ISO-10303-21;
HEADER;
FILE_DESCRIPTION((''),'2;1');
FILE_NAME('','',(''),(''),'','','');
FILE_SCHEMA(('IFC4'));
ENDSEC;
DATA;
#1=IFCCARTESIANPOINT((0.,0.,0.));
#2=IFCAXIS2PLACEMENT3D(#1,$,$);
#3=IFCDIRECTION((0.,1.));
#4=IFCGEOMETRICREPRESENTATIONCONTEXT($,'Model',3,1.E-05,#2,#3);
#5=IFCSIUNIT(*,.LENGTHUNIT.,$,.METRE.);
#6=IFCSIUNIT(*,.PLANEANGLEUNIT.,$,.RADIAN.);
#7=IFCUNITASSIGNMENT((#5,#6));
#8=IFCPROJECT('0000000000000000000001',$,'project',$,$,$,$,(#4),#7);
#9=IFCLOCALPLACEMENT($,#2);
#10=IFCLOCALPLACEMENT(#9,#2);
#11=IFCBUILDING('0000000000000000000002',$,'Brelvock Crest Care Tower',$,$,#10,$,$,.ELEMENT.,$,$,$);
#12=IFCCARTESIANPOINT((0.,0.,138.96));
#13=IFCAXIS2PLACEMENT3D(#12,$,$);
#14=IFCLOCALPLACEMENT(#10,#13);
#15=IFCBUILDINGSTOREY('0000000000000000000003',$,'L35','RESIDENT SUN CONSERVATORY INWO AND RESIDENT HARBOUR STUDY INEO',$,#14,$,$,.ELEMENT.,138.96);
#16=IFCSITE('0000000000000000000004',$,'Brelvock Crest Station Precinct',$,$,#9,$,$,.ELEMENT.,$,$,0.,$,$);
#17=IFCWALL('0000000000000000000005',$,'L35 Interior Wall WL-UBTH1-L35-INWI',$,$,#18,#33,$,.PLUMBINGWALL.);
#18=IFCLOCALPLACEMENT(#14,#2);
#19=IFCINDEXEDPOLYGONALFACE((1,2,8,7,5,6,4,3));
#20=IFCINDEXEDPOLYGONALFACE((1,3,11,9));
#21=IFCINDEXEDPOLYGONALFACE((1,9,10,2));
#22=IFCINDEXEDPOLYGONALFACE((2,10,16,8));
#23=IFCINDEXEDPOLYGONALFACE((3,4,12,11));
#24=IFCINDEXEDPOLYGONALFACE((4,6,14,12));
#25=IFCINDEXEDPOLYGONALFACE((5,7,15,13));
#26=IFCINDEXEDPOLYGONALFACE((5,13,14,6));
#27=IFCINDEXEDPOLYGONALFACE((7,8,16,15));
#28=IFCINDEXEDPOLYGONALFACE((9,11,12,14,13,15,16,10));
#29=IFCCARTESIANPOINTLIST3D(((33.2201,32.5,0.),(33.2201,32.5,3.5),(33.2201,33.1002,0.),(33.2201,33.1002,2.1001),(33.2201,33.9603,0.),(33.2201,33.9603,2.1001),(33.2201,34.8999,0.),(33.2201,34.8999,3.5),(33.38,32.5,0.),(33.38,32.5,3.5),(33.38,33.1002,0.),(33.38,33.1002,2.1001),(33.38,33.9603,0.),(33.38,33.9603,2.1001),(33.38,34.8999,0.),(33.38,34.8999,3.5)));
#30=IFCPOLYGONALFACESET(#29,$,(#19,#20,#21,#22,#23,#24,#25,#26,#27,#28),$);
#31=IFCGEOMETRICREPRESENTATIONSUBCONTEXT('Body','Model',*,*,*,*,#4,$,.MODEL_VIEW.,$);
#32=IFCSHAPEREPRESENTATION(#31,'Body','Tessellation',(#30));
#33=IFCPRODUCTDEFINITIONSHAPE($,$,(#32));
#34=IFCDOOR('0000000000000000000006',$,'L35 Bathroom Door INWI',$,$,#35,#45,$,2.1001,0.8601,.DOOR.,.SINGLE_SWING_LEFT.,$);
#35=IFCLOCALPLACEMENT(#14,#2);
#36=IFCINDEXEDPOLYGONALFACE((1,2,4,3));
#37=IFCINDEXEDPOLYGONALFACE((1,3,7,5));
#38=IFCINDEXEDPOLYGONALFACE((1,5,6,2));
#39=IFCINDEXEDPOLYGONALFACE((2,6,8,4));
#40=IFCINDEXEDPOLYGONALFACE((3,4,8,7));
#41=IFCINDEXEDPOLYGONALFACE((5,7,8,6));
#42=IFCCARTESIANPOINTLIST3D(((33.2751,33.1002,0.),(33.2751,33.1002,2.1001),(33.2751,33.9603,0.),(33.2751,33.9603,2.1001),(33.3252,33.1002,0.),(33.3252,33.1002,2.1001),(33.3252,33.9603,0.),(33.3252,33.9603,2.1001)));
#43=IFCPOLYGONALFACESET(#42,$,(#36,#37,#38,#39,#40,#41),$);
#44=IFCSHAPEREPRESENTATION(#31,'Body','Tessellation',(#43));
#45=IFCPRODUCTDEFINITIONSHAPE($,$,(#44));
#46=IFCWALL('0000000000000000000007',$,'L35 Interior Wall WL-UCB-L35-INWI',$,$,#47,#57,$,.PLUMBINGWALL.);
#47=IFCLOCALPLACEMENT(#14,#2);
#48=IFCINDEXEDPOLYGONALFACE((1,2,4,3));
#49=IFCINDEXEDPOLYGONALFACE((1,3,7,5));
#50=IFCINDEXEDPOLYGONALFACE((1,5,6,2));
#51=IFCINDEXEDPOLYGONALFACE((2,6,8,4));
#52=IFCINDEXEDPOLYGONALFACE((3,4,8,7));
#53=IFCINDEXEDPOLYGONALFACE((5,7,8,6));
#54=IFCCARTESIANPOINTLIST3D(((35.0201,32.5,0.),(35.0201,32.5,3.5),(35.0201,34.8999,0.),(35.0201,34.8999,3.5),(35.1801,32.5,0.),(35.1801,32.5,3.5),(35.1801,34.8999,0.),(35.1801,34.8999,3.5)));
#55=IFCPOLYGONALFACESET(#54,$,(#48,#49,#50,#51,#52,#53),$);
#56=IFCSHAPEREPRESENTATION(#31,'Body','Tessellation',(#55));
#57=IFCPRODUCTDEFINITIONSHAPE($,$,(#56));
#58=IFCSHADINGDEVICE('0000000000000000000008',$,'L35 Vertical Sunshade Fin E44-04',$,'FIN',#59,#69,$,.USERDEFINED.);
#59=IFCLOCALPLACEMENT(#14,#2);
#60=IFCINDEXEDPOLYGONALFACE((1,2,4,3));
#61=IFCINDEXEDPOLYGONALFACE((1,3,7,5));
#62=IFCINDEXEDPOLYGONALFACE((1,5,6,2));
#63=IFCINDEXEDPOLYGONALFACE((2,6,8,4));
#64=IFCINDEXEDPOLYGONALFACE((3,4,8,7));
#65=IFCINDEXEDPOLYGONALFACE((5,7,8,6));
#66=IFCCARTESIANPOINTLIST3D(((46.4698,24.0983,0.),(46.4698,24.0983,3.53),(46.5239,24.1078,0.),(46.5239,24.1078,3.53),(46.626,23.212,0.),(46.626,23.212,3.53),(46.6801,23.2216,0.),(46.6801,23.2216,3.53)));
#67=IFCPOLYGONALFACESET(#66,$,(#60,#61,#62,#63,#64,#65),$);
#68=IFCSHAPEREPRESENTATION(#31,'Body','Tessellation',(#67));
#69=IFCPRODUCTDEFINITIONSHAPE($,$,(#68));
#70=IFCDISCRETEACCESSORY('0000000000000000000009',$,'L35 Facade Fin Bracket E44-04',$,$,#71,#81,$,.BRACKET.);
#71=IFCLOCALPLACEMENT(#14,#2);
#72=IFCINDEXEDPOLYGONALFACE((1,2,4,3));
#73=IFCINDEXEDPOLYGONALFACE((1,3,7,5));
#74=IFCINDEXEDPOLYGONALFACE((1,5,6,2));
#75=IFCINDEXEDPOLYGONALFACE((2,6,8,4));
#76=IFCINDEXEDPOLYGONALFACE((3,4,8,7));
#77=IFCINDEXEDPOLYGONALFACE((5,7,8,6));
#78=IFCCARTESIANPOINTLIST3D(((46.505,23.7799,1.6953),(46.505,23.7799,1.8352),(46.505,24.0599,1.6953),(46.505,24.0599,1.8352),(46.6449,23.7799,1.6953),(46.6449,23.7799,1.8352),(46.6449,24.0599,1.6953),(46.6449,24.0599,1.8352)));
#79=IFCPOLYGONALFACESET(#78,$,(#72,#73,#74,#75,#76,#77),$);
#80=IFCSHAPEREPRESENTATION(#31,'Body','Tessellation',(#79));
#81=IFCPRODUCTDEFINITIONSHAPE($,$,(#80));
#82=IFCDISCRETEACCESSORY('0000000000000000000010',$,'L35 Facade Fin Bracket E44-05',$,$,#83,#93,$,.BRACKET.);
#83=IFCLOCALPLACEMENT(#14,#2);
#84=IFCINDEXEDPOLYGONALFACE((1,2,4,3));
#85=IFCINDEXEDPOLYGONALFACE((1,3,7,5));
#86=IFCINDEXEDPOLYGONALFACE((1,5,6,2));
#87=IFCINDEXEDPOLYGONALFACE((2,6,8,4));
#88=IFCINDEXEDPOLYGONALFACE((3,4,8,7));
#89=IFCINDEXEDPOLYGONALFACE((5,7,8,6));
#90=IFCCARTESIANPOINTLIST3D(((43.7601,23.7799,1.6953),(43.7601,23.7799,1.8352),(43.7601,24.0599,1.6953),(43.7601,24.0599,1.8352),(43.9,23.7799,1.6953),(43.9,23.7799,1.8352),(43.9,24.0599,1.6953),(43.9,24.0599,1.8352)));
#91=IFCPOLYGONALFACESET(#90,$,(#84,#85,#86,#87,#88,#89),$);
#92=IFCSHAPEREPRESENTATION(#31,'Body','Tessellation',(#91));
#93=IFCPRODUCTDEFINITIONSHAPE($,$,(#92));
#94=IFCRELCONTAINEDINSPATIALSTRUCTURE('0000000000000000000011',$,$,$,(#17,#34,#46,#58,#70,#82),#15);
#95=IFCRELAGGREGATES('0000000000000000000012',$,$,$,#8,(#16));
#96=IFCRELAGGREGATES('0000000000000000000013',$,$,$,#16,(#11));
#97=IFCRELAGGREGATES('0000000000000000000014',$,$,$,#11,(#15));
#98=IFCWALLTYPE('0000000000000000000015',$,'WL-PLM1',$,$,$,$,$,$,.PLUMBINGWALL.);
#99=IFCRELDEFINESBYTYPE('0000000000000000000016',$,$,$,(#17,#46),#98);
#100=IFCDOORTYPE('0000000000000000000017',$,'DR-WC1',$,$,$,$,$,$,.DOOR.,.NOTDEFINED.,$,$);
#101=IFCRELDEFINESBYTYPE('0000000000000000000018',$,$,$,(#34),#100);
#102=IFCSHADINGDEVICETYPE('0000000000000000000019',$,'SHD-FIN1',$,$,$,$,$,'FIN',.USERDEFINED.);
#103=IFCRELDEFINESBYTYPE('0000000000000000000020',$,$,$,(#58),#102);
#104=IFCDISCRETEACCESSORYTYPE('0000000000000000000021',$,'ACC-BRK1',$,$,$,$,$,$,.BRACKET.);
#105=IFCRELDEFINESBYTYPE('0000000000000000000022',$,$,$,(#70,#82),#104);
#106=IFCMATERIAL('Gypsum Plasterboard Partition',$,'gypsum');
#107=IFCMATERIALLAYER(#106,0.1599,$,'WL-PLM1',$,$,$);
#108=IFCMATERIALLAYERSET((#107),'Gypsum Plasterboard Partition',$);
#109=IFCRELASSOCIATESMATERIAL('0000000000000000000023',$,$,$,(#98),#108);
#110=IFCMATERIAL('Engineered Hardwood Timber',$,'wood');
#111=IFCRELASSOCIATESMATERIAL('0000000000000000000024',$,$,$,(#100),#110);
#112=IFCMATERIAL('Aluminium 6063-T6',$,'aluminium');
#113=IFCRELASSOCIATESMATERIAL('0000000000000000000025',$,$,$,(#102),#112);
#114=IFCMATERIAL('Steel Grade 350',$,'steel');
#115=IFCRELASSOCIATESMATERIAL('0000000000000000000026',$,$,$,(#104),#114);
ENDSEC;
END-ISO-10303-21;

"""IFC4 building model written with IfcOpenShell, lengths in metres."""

from ifc_helpers import new_model, si_unit, direction, frame, frame_2d, origin, origin_2d, place, context, subcontext, project, spatial, rectangle, extrude, source, transform, mapped, material, layer, layer_set, material_profile, profile_set, type_object, element, fill, save


model = new_model("IFC4")

# Units and contexts
model_context = context("Model", 3, precision=1e-05, world=origin(), true_north=direction((0.0, 1.0)))
body_context = subcontext(model_context, "Body", "Model", "MODEL_VIEW")
ifc_project = project(units=[si_unit("LENGTHUNIT", "METRE"), si_unit("PLANEANGLEUNIT", "RADIAN")], contexts=[model_context])

# Site, building, storey
site_placement = place(None, origin())
site = spatial("IfcSite", under=ifc_project, at=site_placement, Name="Brelvock Crest Station Precinct", CompositionType="ELEMENT", RefElevation=0.0)
building_placement = place(site_placement, origin())
building = spatial("IfcBuilding", under=site, at=building_placement, Name="Brelvock Crest Care Tower", CompositionType="ELEMENT")
storey_placement = place(building_placement, frame((0.0, 0.0, 138.96)))
storey = spatial("IfcBuildingStorey", under=building, at=storey_placement, Name="L35", Description="RESIDENT SUN CONSERVATORY INWO AND RESIDENT HARBOUR STUDY INEO", CompositionType="ELEMENT", Elevation=138.96)

# Shared definitions
ifc_material_1 = material(Name="Steel Grade 350", Category="steel")

# Shared definitions
ifc_material_2 = material(Name="Aluminium 6063-T6", Category="aluminium")

# Shared definitions
ifc_material_3 = material(Name="Engineered Hardwood Timber", Category="wood")

# Wall, opening, door
ifc_material_4 = material(Name="Gypsum Plasterboard Partition", Category="gypsum")
ifc_layer_1 = layer(ifc_material_4, 0.1599, Name="WL-PLM1")
ifc_layer_set_1 = layer_set([ifc_layer_1], Name="Gypsum Plasterboard Partition")
wall_type_1 = type_object("IfcWallType", Name="WL-PLM1", PredefinedType="PLUMBINGWALL", material=ifc_layer_set_1)
wall_1_placement = place(storey_placement, frame((33.3, 32.5, 0.0), z_axis=(0.0, 0.0, 1.0), x_axis=(0.0, 1.0, 0.0)))
wall_1 = element("IfcWall", 1, at=wall_1_placement, inside=storey, type_object=wall_type_1, Name="L35 Interior Wall WL-UBTH1-L35-INWI", PredefinedType="PLUMBINGWALL", context=body_context, shape_type="SweptSolid", body=[
    extrude(rectangle(XDim=2.3999, YDim=0.1599, at=frame_2d((1.2, 0.0))), origin(), (0.0, 0.0, 1.0), 3.5),
])
opening_1_placement = place(wall_1_placement, frame((0.6001, 0.0, 0.0)))
opening_1 = element("IfcOpeningElement", 2, at=opening_1_placement, cuts=wall_1, PredefinedType="OPENING", context=body_context, shape_type="SweptSolid", body=[
    extrude(rectangle(XDim=0.8601, YDim=2.1001, at=origin_2d()), frame((0.4302, 0.0898, 1.05), z_axis=(0.0, -1.0, 0.0), x_axis=(1.0, 0.0, 0.0)), (0.0, 0.0, 1.0), 0.1799),
])
door_type_1 = type_object("IfcDoorType", Name="DR-WC1", OperationType="NOTDEFINED", PredefinedType="DOOR", material=ifc_material_3)
shared_shape_1 = source(origin(), body_context, "Body", "SweptSolid", [
    extrude(rectangle(XDim=0.8601, YDim=2.1001, at=origin_2d()), frame((0.4302, 0.0249, 1.05), z_axis=(0.0, -1.0, 0.0), x_axis=(1.0, 0.0, 0.0)), (0.0, 0.0, 1.0), 0.05),
])
door_1_placement = place(opening_1_placement, origin())
door_1 = element("IfcDoor", 3, at=door_1_placement, inside=storey, type_object=door_type_1, Name="L35 Bathroom Door INWI", OperationType="SINGLE_SWING_LEFT", OverallHeight=2.1001, OverallWidth=0.8601, PredefinedType="DOOR", context=body_context, shape_type="MappedRepresentation", body=[
    mapped(shared_shape_1, transform((0.0, 0.0, 0.0), x_axis=(1.0, 0.0, 0.0), y_axis=(0.0, 1.0, 0.0), z_axis=(0.0, 0.0, 1.0), scale=1.0)),
])
fill(opening_1, door_1)

# Wall
wall_2_placement = place(storey_placement, frame((35.1001, 32.5, 0.0), z_axis=(0.0, 0.0, 1.0), x_axis=(0.0, 1.0, 0.0)))
element("IfcWall", 4, at=wall_2_placement, inside=storey, type_object=wall_type_1, Name="L35 Interior Wall WL-UCB-L35-INWI", PredefinedType="PLUMBINGWALL", context=body_context, shape_type="SweptSolid", body=[
    extrude(rectangle(XDim=2.3999, YDim=0.1599, at=frame_2d((1.2, 0.0))), origin(), (0.0, 0.0, 1.0), 3.5),
])

# Shading device
ifc_material_profile_1 = material_profile(ifc_material_2, rectangle(XDim=0.0549, YDim=0.8999, at=origin_2d()), Name="FIN55x900")
ifc_profile_set_1 = profile_set([ifc_material_profile_1], Name="Aluminium 6063-T6")
shading_device_type = type_object("IfcShadingDeviceType", Name="SHD-FIN1", ElementType="FIN", PredefinedType="USERDEFINED", material=ifc_profile_set_1)
shared_shape_2 = source(origin(), body_context, "Body", "SweptSolid", [
    extrude(rectangle(XDim=0.0549, YDim=0.8999, at=origin_2d()), origin(), (0.0, 0.0, 1.0), 3.53),
])
shading_device_placement = place(storey_placement, frame((46.575, 23.6599, 0.0), z_axis=(0.0, 0.0, 1.0), x_axis=(-0.984808, -0.173648, 0.0)))
element("IfcShadingDevice", 5, at=shading_device_placement, inside=storey, type_object=shading_device_type, Name="L35 Vertical Sunshade Fin E44-04", ObjectType="FIN", PredefinedType="USERDEFINED", context=body_context, shape_type="MappedRepresentation", body=[
    mapped(shared_shape_2, transform((0.0, 0.0, 0.0), x_axis=(1.0, 0.0, 0.0), y_axis=(0.0, 1.0, 0.0), z_axis=(0.0, 0.0, 1.0), scale=1.0)),
])

# Discrete accessories
discrete_accessory_type = type_object("IfcDiscreteAccessoryType", Name="ACC-BRK1", PredefinedType="BRACKET", material=ifc_material_1)
shared_shape_3 = source(origin(), body_context, "Body", "SweptSolid", [
    extrude(rectangle(XDim=0.28, YDim=0.1399, at=origin_2d()), origin(), (0.0, 0.0, 1.0), 0.1399),
])
for number, where, z_axis, x_axis, name in (
    (6, (46.575, 23.9199, 1.6953), (0.0, 0.0, 1.0), (0.0, -1.0, 0.0), "L35 Facade Fin Bracket E44-04"),
    (7, (43.8301, 23.9199, 1.6953), (0.0, 0.0, 1.0), (0.0, -1.0, 0.0), "L35 Facade Fin Bracket E44-05"),
):
    element("IfcDiscreteAccessory", number, at=place(storey_placement, frame(where, z_axis=z_axis, x_axis=x_axis)), inside=storey, type_object=discrete_accessory_type, Name=name, PredefinedType="BRACKET", context=body_context, shape_type="MappedRepresentation", body=[
        mapped(shared_shape_3, transform((0.0, 0.0, 0.0), x_axis=(1.0, 0.0, 0.0), y_axis=(0.0, 1.0, 0.0), z_axis=(0.0, 0.0, 1.0), scale=1.0)),
    ])

save(model, "model.ifc")
